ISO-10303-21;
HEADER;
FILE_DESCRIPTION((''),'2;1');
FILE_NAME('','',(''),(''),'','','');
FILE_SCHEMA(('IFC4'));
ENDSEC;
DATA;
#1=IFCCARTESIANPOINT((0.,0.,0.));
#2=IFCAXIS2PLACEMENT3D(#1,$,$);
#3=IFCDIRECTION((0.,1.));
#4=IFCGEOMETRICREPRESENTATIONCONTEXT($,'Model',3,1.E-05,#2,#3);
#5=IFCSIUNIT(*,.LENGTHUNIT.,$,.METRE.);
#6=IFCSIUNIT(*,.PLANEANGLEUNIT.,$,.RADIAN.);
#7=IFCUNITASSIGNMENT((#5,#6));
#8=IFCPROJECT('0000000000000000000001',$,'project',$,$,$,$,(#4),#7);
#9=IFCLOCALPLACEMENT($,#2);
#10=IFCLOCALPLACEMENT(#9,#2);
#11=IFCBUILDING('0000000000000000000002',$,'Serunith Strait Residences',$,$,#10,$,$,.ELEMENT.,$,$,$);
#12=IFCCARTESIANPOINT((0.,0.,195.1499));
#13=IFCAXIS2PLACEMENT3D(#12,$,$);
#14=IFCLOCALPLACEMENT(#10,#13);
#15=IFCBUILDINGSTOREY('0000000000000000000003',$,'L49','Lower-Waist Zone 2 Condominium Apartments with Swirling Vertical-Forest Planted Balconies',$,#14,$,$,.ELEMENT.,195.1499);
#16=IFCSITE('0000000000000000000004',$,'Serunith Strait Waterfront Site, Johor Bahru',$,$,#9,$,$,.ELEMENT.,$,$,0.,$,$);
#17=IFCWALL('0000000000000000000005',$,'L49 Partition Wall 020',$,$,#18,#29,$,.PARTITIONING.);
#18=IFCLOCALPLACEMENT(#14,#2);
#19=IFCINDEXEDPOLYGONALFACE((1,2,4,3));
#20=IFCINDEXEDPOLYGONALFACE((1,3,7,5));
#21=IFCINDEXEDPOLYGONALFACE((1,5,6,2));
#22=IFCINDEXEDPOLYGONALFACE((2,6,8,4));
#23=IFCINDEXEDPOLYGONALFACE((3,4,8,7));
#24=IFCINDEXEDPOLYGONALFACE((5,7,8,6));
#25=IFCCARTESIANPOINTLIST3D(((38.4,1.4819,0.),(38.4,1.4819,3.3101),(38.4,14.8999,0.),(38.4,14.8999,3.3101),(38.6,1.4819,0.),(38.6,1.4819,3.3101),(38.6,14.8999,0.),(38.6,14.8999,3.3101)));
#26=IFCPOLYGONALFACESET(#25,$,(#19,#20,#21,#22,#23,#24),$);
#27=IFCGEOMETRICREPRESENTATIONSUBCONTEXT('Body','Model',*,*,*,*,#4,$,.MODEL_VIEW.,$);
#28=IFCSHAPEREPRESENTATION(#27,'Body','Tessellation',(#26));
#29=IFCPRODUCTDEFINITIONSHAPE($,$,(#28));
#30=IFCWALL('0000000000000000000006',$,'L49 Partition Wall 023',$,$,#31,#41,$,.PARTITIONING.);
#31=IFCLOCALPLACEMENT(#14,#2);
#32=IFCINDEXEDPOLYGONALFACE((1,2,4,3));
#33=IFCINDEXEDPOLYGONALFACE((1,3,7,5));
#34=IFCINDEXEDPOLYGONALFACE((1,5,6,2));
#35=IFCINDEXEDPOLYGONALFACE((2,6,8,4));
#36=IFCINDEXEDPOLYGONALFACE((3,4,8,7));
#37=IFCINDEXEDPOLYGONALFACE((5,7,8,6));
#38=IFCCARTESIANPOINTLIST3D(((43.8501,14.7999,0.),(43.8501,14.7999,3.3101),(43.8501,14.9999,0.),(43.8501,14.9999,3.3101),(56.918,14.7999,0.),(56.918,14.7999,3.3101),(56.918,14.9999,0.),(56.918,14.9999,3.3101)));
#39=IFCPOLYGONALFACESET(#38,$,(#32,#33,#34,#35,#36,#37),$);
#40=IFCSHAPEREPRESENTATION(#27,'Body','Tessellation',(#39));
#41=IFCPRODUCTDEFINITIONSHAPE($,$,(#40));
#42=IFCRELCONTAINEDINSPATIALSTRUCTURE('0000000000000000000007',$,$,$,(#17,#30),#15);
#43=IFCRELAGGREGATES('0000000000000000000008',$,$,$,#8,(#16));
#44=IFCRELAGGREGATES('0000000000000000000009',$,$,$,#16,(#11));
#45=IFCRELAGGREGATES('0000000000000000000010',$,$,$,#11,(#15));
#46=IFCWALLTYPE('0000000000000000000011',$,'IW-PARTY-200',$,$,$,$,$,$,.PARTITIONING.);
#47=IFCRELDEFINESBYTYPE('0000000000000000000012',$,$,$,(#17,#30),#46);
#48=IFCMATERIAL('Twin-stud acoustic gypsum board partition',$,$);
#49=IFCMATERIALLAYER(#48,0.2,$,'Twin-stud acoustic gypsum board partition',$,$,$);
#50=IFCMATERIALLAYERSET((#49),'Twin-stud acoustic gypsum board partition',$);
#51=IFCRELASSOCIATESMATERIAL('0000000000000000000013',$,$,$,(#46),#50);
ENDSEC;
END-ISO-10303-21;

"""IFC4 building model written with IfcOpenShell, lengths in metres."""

from ifc_helpers import new_model, si_unit, direction, frame, frame_2d, origin, place, context, subcontext, project, spatial, rectangle, extrude, material, layer, layer_set, type_object, element, save


model = new_model("IFC4")

# Units and contexts
model_context = context("Model", 3, precision=1e-05, world=origin(), true_north=direction((0.0, 1.0)))
body_context = subcontext(model_context, "Body", "Model", "MODEL_VIEW")
ifc_project = project(units=[si_unit("LENGTHUNIT", "METRE"), si_unit("PLANEANGLEUNIT", "RADIAN")], contexts=[model_context])

# Site, building, storey
site_placement = place(None, origin())
site = spatial("IfcSite", under=ifc_project, at=site_placement, Name="Serunith Strait Waterfront Site, Johor Bahru", CompositionType="ELEMENT", RefElevation=0.0)
building_placement = place(site_placement, origin())
building = spatial("IfcBuilding", under=site, at=building_placement, Name="Serunith Strait Residences", CompositionType="ELEMENT")
storey_placement = place(building_placement, frame((0.0, 0.0, 195.1499)))
storey = spatial("IfcBuildingStorey", under=building, at=storey_placement, Name="L49", Description="Lower-Waist Zone 2 Condominium Apartments with Swirling Vertical-Forest Planted Balconies", CompositionType="ELEMENT", Elevation=195.1499)

# Walls
ifc_material_1 = material(Name="Twin-stud acoustic gypsum board partition")
ifc_layer_1 = layer(ifc_material_1, 0.2, Name="Twin-stud acoustic gypsum board partition")
ifc_layer_set_1 = layer_set([ifc_layer_1], Name="Twin-stud acoustic gypsum board partition")
wall_type_1 = type_object("IfcWallType", Name="IW-PARTY-200", PredefinedType="PARTITIONING", material=ifc_layer_set_1)
wall_1_placement = place(storey_placement, frame((38.5, 1.4819, 0.0), z_axis=(0.0, 0.0, 1.0), x_axis=(0.0, 1.0, 0.0)))
element("IfcWall", 1, at=wall_1_placement, inside=storey, type_object=wall_type_1, Name="L49 Partition Wall 020", PredefinedType="PARTITIONING", context=body_context, shape_type="SweptSolid", body=[
    extrude(rectangle(XDim=13.418, YDim=0.2, at=frame_2d((6.709, 0.0))), origin(), (0.0, 0.0, 1.0), 3.3101),
])
wall_2_placement = place(storey_placement, frame((43.8501, 14.8999, 0.0), z_axis=(0.0, 0.0, 1.0), x_axis=(1.0, 0.0, 0.0)))
element("IfcWall", 2, at=wall_2_placement, inside=storey, type_object=wall_type_1, Name="L49 Partition Wall 023", PredefinedType="PARTITIONING", context=body_context, shape_type="SweptSolid", body=[
    extrude(rectangle(XDim=13.0679, YDim=0.2, at=frame_2d((6.5339, 0.0))), origin(), (0.0, 0.0, 1.0), 3.3101),
])

save(model, "model.ifc")
